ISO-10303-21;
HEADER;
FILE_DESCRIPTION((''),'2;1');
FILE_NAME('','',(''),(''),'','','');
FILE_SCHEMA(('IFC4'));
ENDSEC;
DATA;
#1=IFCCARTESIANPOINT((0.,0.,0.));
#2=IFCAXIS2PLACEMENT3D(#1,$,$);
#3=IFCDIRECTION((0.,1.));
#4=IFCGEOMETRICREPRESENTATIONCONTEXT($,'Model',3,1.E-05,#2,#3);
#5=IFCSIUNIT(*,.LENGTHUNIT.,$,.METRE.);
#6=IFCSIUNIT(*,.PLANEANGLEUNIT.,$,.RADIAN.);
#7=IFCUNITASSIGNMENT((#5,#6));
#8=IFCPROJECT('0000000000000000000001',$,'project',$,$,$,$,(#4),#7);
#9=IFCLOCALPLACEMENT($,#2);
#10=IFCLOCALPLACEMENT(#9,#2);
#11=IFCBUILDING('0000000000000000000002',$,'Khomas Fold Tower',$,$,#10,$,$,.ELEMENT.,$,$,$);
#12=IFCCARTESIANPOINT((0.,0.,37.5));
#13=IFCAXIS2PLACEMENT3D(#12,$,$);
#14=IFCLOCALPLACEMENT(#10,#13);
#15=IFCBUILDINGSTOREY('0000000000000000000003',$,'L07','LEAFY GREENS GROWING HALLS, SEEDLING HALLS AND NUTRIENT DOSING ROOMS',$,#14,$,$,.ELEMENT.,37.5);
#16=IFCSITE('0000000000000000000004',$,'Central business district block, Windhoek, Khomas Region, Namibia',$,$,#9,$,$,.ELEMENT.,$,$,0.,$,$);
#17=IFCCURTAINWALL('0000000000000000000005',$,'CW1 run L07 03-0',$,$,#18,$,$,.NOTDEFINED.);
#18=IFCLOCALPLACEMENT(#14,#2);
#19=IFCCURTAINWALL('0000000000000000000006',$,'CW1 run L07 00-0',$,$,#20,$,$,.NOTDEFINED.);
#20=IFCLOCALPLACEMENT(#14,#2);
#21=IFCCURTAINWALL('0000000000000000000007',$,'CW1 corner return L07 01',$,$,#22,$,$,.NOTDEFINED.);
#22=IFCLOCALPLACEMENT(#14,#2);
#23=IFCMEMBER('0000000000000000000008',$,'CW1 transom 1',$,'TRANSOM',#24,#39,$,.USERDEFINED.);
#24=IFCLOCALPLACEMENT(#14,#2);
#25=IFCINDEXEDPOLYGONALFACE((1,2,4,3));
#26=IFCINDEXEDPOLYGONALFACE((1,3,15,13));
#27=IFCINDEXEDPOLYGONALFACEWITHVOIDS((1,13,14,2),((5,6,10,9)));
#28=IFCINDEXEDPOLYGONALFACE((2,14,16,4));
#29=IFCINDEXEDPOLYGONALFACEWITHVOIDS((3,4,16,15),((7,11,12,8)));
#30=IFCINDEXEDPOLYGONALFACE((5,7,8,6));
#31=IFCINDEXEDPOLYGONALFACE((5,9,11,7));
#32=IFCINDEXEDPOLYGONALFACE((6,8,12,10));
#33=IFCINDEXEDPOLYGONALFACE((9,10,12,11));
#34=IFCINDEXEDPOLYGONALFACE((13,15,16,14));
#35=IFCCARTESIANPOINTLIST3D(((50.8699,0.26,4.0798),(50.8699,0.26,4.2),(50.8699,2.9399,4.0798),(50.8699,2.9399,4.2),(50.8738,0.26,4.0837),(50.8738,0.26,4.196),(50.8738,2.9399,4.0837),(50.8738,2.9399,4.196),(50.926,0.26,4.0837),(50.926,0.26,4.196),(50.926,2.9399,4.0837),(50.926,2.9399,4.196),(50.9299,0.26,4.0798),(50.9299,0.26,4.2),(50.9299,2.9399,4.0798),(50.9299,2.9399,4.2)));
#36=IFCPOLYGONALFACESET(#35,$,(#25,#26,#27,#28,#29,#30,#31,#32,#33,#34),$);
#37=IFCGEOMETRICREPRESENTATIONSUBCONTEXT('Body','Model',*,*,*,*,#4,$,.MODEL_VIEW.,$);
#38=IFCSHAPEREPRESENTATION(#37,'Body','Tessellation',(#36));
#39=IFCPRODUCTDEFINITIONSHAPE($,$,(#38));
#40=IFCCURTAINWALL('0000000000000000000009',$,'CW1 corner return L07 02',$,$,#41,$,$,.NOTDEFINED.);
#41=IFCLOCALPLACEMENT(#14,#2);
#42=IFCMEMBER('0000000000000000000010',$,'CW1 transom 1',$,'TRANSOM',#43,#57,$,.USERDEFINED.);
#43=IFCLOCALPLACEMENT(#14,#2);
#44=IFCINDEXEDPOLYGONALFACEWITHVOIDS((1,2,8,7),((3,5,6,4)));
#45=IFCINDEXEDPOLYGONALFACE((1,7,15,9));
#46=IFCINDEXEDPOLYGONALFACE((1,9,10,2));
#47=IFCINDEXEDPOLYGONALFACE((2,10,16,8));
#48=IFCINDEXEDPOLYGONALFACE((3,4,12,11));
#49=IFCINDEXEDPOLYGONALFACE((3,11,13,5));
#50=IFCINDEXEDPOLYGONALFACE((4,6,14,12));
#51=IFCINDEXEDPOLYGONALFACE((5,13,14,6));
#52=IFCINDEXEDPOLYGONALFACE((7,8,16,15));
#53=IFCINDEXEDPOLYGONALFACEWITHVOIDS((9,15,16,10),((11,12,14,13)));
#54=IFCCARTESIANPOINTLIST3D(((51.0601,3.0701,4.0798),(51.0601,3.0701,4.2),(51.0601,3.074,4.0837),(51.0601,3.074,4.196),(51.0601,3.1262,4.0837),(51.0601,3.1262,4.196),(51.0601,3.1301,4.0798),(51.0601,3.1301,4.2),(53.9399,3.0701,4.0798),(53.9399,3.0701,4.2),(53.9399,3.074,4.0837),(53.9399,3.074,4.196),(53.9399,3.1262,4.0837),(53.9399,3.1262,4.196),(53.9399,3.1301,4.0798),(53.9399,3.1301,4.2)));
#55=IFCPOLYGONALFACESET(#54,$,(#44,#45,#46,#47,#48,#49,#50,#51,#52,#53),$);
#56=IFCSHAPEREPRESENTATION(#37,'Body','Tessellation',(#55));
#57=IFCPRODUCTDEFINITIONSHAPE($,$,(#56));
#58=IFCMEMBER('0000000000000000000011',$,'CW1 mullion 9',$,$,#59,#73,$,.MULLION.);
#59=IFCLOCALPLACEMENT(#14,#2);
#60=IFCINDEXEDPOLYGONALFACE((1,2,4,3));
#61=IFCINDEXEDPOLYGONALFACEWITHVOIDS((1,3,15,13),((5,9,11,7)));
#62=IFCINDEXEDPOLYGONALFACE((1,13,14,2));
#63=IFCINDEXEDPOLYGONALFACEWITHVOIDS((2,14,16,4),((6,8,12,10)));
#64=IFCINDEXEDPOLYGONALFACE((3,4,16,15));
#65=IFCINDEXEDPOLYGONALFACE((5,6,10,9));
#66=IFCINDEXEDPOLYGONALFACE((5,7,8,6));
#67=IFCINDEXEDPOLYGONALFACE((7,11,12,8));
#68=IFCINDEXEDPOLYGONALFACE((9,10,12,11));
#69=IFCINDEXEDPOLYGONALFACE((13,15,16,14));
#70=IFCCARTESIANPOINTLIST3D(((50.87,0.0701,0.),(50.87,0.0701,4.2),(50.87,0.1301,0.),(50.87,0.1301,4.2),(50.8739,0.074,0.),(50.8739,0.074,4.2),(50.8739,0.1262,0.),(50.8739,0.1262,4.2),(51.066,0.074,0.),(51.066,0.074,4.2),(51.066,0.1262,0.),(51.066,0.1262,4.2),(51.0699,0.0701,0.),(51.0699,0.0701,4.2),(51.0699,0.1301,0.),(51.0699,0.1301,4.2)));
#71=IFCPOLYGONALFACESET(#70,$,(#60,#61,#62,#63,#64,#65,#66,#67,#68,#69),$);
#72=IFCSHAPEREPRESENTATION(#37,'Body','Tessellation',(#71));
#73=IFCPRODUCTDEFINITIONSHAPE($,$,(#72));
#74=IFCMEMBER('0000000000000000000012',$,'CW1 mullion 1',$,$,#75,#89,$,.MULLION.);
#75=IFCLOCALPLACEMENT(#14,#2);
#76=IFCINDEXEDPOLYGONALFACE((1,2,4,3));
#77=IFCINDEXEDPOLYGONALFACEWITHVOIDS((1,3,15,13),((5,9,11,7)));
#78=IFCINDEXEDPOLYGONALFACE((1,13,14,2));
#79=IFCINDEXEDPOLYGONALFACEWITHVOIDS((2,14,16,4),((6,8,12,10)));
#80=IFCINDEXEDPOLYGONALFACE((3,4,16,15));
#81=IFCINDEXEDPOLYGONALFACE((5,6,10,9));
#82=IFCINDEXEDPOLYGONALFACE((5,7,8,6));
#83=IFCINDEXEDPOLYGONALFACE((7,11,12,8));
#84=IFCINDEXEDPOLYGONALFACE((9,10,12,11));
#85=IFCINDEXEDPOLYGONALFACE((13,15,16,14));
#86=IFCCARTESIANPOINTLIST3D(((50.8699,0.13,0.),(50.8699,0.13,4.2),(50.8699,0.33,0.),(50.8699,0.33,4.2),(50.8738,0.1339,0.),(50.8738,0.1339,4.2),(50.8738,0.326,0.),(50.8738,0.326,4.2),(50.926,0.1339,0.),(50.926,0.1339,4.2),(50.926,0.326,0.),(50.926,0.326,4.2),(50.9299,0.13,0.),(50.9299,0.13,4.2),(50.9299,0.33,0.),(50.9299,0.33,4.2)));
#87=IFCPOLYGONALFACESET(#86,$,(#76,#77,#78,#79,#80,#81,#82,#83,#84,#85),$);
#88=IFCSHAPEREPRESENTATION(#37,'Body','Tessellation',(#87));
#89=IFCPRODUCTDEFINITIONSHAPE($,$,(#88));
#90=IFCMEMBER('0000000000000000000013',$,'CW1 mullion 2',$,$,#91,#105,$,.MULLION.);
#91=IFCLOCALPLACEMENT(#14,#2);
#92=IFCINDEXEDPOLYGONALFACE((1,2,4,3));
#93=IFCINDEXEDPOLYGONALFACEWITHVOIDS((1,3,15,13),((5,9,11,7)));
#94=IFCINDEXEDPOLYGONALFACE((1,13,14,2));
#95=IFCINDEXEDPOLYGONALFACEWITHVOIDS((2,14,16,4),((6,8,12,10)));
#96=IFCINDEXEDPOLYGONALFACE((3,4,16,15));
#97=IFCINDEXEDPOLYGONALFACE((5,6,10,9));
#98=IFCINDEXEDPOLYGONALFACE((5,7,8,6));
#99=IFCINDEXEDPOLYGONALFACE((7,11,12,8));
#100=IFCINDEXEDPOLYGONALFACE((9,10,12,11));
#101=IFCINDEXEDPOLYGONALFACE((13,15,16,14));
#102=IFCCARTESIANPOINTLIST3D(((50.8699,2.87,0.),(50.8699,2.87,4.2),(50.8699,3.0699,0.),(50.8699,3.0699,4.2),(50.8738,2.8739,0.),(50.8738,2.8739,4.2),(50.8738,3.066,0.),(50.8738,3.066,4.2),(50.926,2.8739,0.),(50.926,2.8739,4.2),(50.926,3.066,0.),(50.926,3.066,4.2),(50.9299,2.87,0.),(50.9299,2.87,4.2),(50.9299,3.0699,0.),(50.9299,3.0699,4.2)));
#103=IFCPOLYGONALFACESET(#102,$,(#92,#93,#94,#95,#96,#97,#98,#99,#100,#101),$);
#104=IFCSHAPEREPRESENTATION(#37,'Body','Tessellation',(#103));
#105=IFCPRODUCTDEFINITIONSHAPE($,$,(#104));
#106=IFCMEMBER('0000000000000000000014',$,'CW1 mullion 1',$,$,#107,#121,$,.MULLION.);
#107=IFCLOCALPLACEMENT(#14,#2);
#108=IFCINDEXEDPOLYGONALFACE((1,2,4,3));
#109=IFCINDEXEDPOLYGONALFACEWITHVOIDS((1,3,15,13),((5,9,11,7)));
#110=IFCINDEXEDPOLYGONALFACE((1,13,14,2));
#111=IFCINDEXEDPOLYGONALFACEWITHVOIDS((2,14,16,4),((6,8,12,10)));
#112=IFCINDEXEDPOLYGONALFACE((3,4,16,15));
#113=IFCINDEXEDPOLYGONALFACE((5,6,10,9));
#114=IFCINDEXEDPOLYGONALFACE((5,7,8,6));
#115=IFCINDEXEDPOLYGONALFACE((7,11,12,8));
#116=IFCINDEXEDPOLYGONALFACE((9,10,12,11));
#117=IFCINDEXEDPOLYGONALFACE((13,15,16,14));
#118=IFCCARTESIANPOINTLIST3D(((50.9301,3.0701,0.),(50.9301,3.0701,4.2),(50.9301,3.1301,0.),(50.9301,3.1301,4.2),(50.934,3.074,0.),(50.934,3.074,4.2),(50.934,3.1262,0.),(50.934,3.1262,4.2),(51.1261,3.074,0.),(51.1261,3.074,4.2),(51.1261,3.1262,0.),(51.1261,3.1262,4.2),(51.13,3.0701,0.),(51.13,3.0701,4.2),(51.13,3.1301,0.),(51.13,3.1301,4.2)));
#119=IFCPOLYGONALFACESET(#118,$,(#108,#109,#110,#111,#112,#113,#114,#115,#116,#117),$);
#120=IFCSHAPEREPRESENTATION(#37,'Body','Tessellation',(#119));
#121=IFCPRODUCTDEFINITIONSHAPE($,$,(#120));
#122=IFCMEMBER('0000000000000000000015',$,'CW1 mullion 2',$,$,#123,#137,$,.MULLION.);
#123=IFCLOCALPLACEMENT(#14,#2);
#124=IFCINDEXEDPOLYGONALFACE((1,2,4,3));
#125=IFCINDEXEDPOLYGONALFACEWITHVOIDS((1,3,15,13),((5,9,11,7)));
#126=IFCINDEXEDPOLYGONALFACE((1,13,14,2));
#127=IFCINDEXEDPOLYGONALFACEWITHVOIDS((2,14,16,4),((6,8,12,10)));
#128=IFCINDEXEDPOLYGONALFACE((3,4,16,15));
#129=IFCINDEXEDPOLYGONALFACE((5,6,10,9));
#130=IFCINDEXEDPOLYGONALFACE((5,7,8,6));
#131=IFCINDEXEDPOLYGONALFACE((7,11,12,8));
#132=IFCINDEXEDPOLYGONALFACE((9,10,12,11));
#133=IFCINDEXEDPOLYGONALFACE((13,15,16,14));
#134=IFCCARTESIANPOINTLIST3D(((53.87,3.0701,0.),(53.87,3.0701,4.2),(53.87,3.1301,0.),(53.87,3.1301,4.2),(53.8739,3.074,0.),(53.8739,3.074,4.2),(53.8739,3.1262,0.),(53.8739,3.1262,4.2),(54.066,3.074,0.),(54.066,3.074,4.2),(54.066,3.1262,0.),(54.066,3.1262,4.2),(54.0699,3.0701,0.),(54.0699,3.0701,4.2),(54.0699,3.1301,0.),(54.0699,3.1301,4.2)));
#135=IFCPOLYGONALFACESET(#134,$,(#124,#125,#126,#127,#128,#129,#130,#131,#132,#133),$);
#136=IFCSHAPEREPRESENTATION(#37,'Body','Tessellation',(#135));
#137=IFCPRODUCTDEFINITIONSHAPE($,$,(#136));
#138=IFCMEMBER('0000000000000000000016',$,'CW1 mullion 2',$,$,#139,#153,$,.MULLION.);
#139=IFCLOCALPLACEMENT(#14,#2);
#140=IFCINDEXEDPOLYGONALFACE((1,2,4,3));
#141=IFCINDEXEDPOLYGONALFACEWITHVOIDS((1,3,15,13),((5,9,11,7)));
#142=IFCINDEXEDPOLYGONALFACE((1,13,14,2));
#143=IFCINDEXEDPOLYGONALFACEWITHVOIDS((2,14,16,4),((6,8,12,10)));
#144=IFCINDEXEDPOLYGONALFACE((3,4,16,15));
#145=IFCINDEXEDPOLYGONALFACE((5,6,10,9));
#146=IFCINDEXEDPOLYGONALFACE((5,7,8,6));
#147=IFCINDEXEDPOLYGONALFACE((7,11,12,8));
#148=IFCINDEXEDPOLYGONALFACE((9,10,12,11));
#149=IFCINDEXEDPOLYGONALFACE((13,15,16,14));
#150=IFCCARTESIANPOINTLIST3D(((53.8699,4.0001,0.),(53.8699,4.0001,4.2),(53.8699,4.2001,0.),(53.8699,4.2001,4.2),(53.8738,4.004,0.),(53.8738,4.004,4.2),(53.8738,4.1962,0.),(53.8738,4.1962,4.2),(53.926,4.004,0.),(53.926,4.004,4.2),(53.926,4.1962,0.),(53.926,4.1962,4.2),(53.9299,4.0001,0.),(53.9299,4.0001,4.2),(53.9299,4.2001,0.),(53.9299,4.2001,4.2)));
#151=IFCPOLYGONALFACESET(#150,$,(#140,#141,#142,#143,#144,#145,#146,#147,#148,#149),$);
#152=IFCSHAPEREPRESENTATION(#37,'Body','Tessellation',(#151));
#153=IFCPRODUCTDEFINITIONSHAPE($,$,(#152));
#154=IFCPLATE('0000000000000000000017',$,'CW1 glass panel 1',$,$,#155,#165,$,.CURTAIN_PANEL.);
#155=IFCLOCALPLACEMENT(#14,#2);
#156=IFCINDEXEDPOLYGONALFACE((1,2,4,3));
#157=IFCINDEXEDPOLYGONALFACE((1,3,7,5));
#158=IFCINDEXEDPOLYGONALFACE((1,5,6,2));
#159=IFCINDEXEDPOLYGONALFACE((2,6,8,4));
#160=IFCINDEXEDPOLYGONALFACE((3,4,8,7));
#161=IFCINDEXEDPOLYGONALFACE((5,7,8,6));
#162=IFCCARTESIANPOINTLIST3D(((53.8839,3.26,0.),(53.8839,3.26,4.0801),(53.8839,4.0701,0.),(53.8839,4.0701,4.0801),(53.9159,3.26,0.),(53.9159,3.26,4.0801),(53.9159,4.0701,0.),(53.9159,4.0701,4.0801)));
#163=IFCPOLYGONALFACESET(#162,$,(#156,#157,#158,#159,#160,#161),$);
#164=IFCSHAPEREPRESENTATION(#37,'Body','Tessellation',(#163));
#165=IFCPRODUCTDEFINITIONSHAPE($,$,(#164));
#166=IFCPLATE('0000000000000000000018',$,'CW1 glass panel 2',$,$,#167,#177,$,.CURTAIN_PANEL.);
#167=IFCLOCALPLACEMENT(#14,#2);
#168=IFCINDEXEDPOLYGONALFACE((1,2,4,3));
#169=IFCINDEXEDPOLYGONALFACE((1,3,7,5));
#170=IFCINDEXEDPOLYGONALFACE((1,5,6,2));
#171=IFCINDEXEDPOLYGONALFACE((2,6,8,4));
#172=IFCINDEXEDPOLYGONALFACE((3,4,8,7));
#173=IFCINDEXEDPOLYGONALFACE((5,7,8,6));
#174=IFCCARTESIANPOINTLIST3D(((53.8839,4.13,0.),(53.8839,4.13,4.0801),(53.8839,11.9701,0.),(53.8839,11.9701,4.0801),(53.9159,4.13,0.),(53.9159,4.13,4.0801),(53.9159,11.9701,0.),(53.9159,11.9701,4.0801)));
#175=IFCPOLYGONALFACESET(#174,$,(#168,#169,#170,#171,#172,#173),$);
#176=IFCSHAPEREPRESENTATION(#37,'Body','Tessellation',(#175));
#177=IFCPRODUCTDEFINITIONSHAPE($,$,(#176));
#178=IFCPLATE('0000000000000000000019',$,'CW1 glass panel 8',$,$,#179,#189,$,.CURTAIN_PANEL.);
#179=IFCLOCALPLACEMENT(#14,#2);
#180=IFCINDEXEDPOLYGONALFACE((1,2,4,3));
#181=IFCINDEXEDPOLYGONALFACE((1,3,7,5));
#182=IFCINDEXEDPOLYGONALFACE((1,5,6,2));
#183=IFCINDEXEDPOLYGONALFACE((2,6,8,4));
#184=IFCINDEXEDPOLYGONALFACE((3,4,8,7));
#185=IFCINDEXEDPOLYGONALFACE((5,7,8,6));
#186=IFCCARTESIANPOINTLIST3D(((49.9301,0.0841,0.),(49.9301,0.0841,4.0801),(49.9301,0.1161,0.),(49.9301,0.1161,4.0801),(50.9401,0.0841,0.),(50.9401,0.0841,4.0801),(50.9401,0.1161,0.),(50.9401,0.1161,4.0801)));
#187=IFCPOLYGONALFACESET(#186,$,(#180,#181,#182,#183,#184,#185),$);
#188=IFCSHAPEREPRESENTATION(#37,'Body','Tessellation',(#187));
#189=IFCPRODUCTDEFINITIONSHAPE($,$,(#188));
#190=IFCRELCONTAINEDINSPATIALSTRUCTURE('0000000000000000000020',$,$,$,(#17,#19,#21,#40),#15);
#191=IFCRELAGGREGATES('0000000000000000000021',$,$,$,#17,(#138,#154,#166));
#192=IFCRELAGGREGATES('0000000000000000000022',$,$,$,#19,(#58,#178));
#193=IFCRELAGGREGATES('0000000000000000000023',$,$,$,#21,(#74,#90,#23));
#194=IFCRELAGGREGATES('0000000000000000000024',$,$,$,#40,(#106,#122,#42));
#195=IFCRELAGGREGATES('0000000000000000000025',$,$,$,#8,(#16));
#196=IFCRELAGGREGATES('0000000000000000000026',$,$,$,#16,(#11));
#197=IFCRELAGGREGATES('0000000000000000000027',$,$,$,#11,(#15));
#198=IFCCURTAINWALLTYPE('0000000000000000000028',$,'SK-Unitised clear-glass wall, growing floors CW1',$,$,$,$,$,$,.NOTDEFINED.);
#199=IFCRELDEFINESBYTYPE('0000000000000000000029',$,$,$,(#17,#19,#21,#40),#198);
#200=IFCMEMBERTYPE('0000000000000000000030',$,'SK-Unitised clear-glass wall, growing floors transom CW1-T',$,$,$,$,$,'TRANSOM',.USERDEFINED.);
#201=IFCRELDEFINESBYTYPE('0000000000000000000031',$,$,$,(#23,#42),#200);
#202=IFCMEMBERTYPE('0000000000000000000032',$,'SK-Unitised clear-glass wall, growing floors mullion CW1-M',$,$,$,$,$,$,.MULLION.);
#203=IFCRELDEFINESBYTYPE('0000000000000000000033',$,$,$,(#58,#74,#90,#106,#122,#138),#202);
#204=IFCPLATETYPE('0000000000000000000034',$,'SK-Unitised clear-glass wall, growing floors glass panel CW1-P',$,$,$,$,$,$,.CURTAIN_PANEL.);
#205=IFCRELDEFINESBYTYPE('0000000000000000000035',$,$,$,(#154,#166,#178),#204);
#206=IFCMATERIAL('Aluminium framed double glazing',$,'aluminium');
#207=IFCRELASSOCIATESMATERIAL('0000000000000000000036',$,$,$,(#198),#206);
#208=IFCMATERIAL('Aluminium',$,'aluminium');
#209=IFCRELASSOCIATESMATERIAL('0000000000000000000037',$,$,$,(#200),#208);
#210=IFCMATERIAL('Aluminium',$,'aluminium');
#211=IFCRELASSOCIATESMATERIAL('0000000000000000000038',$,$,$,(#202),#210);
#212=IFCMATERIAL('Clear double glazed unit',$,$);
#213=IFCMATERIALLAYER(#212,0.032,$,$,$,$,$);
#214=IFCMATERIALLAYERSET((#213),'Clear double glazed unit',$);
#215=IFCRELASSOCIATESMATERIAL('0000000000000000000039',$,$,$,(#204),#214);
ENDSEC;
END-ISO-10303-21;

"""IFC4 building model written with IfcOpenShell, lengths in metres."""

from ifc_helpers import new_model, si_unit, direction, frame, origin, origin_2d, place, context, subcontext, project, spatial, rectangle, hollow_rectangle, extrude, source, transform, mapped, material, layer, layer_set, material_profile, profile_set, type_object, element, aggregate, save


model = new_model("IFC4")

# Units and contexts
model_context = context("Model", 3, precision=1e-05, world=origin(), true_north=direction((0.0, 1.0)))
body_context = subcontext(model_context, "Body", "Model", "MODEL_VIEW")
ifc_project = project(units=[si_unit("LENGTHUNIT", "METRE"), si_unit("PLANEANGLEUNIT", "RADIAN")], contexts=[model_context])

# Site, building, storey
site_placement = place(None, origin())
site = spatial("IfcSite", under=ifc_project, at=site_placement, Name="Central business district block, Windhoek, Khomas Region, Namibia", CompositionType="ELEMENT", RefElevation=0.0)
building_placement = place(site_placement, origin())
building = spatial("IfcBuilding", under=site, at=building_placement, Name="Khomas Fold Tower", CompositionType="ELEMENT")
storey_placement = place(building_placement, frame((0.0, 0.0, 37.5)))
storey = spatial("IfcBuildingStorey", under=building, at=storey_placement, Name="L07", Description="LEAFY GREENS GROWING HALLS, SEEDLING HALLS AND NUTRIENT DOSING ROOMS", CompositionType="ELEMENT", Elevation=37.5)

# Curtain wall
ifc_material_1 = material(Name="Aluminium framed double glazing", Category="aluminium")
curtain_wall_type = type_object("IfcCurtainWallType", Name="SK-Unitised clear-glass wall, growing floors CW1", PredefinedType="NOTDEFINED", material=ifc_material_1)
curtain_wall_1_placement = place(storey_placement, origin())
curtain_wall_1 = element("IfcCurtainWall", 1, at=curtain_wall_1_placement, inside=storey, type_object=curtain_wall_type, Name="CW1 run L07 03-0", PredefinedType="NOTDEFINED")
ifc_material_2 = material(Name="Aluminium", Category="aluminium")
ifc_material_profile_1 = material_profile(ifc_material_2, hollow_rectangle(XDim=0.0601, YDim=0.1201, WallThickness=0.0039, at=origin_2d()), Name="SK-Unitised clear-glass wall, growing floors transom CW1-T")
ifc_profile_set_1 = profile_set([ifc_material_profile_1], Name="Aluminium")
member_type_1 = type_object("IfcMemberType", Name="SK-Unitised clear-glass wall, growing floors transom CW1-T", ElementType="TRANSOM", PredefinedType="USERDEFINED", material=ifc_profile_set_1)

# Curtain walls, members
curtain_wall_2_placement = place(storey_placement, origin())
curtain_wall_2 = element("IfcCurtainWall", 2, at=curtain_wall_2_placement, inside=storey, type_object=curtain_wall_type, Name="CW1 run L07 00-0", PredefinedType="NOTDEFINED")
curtain_wall_3_placement = place(storey_placement, origin())
curtain_wall_3 = element("IfcCurtainWall", 3, at=curtain_wall_3_placement, inside=storey, type_object=curtain_wall_type, Name="CW1 corner return L07 01", PredefinedType="NOTDEFINED")
shared_shape_1 = source(origin(), body_context, "Body", "SweptSolid", [
    extrude(hollow_rectangle(XDim=0.0601, YDim=0.1201, WallThickness=0.0039, at=origin_2d()), origin(), (0.0, 0.0, 1.0), 2.6799),
])
member_1_placement = place(storey_placement, frame((50.8999, 0.26, 4.1399), z_axis=(0.0, 1.0, 0.0), x_axis=(-1.0, 0.0, 0.0)))
member_1 = element("IfcMember", 4, at=member_1_placement, type_object=member_type_1, Name="CW1 transom 1", ObjectType="TRANSOM", PredefinedType="USERDEFINED", context=body_context, shape_type="MappedRepresentation", body=[
    mapped(shared_shape_1, transform((0.0, 0.0, 0.0))),
])
curtain_wall_4_placement = place(storey_placement, origin())
curtain_wall_4 = element("IfcCurtainWall", 5, at=curtain_wall_4_placement, inside=storey, type_object=curtain_wall_type, Name="CW1 corner return L07 02", PredefinedType="NOTDEFINED")
shared_shape_2 = source(origin(), body_context, "Body", "SweptSolid", [
    extrude(hollow_rectangle(XDim=0.0601, YDim=0.1201, WallThickness=0.0039, at=origin_2d()), origin(), (0.0, 0.0, 1.0), 2.8799),
])
member_2_placement = place(storey_placement, frame((51.0601, 3.1001, 4.1399), z_axis=(1.0, 0.0, 0.0), x_axis=(0.0, 1.0, 0.0)))
member_2 = element("IfcMember", 6, at=member_2_placement, type_object=member_type_1, Name="CW1 transom 1", ObjectType="TRANSOM", PredefinedType="USERDEFINED", context=body_context, shape_type="MappedRepresentation", body=[
    mapped(shared_shape_2, transform((0.0, 0.0, 0.0))),
])

# Members
ifc_material_3 = material(Name="Aluminium", Category="aluminium")
ifc_material_profile_2 = material_profile(ifc_material_3, hollow_rectangle(XDim=0.0601, YDim=0.2, WallThickness=0.0039, at=origin_2d()), Name="SK-Unitised clear-glass wall, growing floors mullion CW1-M")
ifc_profile_set_2 = profile_set([ifc_material_profile_2], Name="Aluminium")
member_type_2 = type_object("IfcMemberType", Name="SK-Unitised clear-glass wall, growing floors mullion CW1-M", PredefinedType="MULLION", material=ifc_profile_set_2)
shared_shape_3 = source(origin(), body_context, "Body", "SweptSolid", [
    extrude(hollow_rectangle(XDim=0.0601, YDim=0.2, WallThickness=0.0039, at=origin_2d()), origin(), (0.0, 0.0, 1.0), 4.2),
])
member_3_placement = place(storey_placement, frame((50.97, 0.1001, 0.0), z_axis=(0.0, 0.0, 1.0), x_axis=(0.0, 1.0, 0.0)))
member_3 = element("IfcMember", 7, at=member_3_placement, type_object=member_type_2, Name="CW1 mullion 9", PredefinedType="MULLION", context=body_context, shape_type="MappedRepresentation", body=[
    mapped(shared_shape_3, transform((0.0, 0.0, 0.0))),
])
member_4_placement = place(storey_placement, frame((50.8999, 0.23, 0.0), z_axis=(0.0, 0.0, 1.0), x_axis=(-1.0, 0.0, 0.0)))
member_4 = element("IfcMember", 8, at=member_4_placement, type_object=member_type_2, Name="CW1 mullion 1", PredefinedType="MULLION", context=body_context, shape_type="MappedRepresentation", body=[
    mapped(shared_shape_3, transform((0.0, 0.0, 0.0))),
])
member_5_placement = place(storey_placement, frame((50.8999, 2.97, 0.0), z_axis=(0.0, 0.0, 1.0), x_axis=(-1.0, 0.0, 0.0)))
member_5 = element("IfcMember", 9, at=member_5_placement, type_object=member_type_2, Name="CW1 mullion 2", PredefinedType="MULLION", context=body_context, shape_type="MappedRepresentation", body=[
    mapped(shared_shape_3, transform((0.0, 0.0, 0.0))),
])
member_6_placement = place(storey_placement, frame((51.03, 3.1001, 0.0), z_axis=(0.0, 0.0, 1.0), x_axis=(0.0, 1.0, 0.0)))
member_6 = element("IfcMember", 10, at=member_6_placement, type_object=member_type_2, Name="CW1 mullion 1", PredefinedType="MULLION", context=body_context, shape_type="MappedRepresentation", body=[
    mapped(shared_shape_3, transform((0.0, 0.0, 0.0))),
])
member_7_placement = place(storey_placement, frame((53.97, 3.1001, 0.0), z_axis=(0.0, 0.0, 1.0), x_axis=(0.0, 1.0, 0.0)))
member_7 = element("IfcMember", 11, at=member_7_placement, type_object=member_type_2, Name="CW1 mullion 2", PredefinedType="MULLION", context=body_context, shape_type="MappedRepresentation", body=[
    mapped(shared_shape_3, transform((0.0, 0.0, 0.0))),
])
member_8_placement = place(storey_placement, frame((53.8999, 4.1001, 0.0), z_axis=(0.0, 0.0, 1.0), x_axis=(-1.0, 0.0, 0.0)))
member_8 = element("IfcMember", 12, at=member_8_placement, type_object=member_type_2, Name="CW1 mullion 2", PredefinedType="MULLION", context=body_context, shape_type="MappedRepresentation", body=[
    mapped(shared_shape_3, transform((0.0, 0.0, 0.0))),
])

# Plates
ifc_material_4 = material(Name="Clear double glazed unit")
ifc_layer = layer(ifc_material_4, 0.032)
ifc_layer_set = layer_set([ifc_layer], Name="Clear double glazed unit")
plate_type = type_object("IfcPlateType", Name="SK-Unitised clear-glass wall, growing floors glass panel CW1-P", PredefinedType="CURTAIN_PANEL", material=ifc_layer_set)
shared_shape_4 = source(origin(), body_context, "Body", "SweptSolid", [
    extrude(rectangle(XDim=0.8101, YDim=0.032, at=origin_2d()), origin(), (0.0, 0.0, 1.0), 4.0801),
])
plate_1_placement = place(storey_placement, frame((53.8999, 3.665, 0.0), z_axis=(0.0, 0.0, 1.0), x_axis=(0.0, 1.0, 0.0)))
plate_1 = element("IfcPlate", 13, at=plate_1_placement, type_object=plate_type, Name="CW1 glass panel 1", PredefinedType="CURTAIN_PANEL", context=body_context, shape_type="MappedRepresentation", body=[
    mapped(shared_shape_4, transform((0.0, 0.0, 0.0))),
])
shared_shape_5 = source(origin(), body_context, "Body", "SweptSolid", [
    extrude(rectangle(XDim=7.8401, YDim=0.032, at=origin_2d()), origin(), (0.0, 0.0, 1.0), 4.0801),
])
plate_2_placement = place(storey_placement, frame((53.8999, 8.05, 0.0), z_axis=(0.0, 0.0, 1.0), x_axis=(0.0, 1.0, 0.0)))
plate_2 = element("IfcPlate", 14, at=plate_2_placement, type_object=plate_type, Name="CW1 glass panel 2", PredefinedType="CURTAIN_PANEL", context=body_context, shape_type="MappedRepresentation", body=[
    mapped(shared_shape_5, transform((0.0, 0.0, 0.0))),
])
aggregate(curtain_wall_1, [member_8, plate_1, plate_2])
shared_shape_6 = source(origin(), body_context, "Body", "SweptSolid", [
    extrude(rectangle(XDim=1.01, YDim=0.032, at=origin_2d()), origin(), (0.0, 0.0, 1.0), 4.0801),
])
plate_3_placement = place(storey_placement, frame((50.4351, 0.1001, 0.0), z_axis=(0.0, 0.0, 1.0), x_axis=(1.0, 0.0, 0.0)))
plate_3 = element("IfcPlate", 15, at=plate_3_placement, type_object=plate_type, Name="CW1 glass panel 8", PredefinedType="CURTAIN_PANEL", context=body_context, shape_type="MappedRepresentation", body=[
    mapped(shared_shape_6, transform((0.0, 0.0, 0.0))),
])
aggregate(curtain_wall_2, [member_3, plate_3])
aggregate(curtain_wall_3, [member_4, member_5, member_1])
aggregate(curtain_wall_4, [member_6, member_7, member_2])

save(model, "model.ifc")
